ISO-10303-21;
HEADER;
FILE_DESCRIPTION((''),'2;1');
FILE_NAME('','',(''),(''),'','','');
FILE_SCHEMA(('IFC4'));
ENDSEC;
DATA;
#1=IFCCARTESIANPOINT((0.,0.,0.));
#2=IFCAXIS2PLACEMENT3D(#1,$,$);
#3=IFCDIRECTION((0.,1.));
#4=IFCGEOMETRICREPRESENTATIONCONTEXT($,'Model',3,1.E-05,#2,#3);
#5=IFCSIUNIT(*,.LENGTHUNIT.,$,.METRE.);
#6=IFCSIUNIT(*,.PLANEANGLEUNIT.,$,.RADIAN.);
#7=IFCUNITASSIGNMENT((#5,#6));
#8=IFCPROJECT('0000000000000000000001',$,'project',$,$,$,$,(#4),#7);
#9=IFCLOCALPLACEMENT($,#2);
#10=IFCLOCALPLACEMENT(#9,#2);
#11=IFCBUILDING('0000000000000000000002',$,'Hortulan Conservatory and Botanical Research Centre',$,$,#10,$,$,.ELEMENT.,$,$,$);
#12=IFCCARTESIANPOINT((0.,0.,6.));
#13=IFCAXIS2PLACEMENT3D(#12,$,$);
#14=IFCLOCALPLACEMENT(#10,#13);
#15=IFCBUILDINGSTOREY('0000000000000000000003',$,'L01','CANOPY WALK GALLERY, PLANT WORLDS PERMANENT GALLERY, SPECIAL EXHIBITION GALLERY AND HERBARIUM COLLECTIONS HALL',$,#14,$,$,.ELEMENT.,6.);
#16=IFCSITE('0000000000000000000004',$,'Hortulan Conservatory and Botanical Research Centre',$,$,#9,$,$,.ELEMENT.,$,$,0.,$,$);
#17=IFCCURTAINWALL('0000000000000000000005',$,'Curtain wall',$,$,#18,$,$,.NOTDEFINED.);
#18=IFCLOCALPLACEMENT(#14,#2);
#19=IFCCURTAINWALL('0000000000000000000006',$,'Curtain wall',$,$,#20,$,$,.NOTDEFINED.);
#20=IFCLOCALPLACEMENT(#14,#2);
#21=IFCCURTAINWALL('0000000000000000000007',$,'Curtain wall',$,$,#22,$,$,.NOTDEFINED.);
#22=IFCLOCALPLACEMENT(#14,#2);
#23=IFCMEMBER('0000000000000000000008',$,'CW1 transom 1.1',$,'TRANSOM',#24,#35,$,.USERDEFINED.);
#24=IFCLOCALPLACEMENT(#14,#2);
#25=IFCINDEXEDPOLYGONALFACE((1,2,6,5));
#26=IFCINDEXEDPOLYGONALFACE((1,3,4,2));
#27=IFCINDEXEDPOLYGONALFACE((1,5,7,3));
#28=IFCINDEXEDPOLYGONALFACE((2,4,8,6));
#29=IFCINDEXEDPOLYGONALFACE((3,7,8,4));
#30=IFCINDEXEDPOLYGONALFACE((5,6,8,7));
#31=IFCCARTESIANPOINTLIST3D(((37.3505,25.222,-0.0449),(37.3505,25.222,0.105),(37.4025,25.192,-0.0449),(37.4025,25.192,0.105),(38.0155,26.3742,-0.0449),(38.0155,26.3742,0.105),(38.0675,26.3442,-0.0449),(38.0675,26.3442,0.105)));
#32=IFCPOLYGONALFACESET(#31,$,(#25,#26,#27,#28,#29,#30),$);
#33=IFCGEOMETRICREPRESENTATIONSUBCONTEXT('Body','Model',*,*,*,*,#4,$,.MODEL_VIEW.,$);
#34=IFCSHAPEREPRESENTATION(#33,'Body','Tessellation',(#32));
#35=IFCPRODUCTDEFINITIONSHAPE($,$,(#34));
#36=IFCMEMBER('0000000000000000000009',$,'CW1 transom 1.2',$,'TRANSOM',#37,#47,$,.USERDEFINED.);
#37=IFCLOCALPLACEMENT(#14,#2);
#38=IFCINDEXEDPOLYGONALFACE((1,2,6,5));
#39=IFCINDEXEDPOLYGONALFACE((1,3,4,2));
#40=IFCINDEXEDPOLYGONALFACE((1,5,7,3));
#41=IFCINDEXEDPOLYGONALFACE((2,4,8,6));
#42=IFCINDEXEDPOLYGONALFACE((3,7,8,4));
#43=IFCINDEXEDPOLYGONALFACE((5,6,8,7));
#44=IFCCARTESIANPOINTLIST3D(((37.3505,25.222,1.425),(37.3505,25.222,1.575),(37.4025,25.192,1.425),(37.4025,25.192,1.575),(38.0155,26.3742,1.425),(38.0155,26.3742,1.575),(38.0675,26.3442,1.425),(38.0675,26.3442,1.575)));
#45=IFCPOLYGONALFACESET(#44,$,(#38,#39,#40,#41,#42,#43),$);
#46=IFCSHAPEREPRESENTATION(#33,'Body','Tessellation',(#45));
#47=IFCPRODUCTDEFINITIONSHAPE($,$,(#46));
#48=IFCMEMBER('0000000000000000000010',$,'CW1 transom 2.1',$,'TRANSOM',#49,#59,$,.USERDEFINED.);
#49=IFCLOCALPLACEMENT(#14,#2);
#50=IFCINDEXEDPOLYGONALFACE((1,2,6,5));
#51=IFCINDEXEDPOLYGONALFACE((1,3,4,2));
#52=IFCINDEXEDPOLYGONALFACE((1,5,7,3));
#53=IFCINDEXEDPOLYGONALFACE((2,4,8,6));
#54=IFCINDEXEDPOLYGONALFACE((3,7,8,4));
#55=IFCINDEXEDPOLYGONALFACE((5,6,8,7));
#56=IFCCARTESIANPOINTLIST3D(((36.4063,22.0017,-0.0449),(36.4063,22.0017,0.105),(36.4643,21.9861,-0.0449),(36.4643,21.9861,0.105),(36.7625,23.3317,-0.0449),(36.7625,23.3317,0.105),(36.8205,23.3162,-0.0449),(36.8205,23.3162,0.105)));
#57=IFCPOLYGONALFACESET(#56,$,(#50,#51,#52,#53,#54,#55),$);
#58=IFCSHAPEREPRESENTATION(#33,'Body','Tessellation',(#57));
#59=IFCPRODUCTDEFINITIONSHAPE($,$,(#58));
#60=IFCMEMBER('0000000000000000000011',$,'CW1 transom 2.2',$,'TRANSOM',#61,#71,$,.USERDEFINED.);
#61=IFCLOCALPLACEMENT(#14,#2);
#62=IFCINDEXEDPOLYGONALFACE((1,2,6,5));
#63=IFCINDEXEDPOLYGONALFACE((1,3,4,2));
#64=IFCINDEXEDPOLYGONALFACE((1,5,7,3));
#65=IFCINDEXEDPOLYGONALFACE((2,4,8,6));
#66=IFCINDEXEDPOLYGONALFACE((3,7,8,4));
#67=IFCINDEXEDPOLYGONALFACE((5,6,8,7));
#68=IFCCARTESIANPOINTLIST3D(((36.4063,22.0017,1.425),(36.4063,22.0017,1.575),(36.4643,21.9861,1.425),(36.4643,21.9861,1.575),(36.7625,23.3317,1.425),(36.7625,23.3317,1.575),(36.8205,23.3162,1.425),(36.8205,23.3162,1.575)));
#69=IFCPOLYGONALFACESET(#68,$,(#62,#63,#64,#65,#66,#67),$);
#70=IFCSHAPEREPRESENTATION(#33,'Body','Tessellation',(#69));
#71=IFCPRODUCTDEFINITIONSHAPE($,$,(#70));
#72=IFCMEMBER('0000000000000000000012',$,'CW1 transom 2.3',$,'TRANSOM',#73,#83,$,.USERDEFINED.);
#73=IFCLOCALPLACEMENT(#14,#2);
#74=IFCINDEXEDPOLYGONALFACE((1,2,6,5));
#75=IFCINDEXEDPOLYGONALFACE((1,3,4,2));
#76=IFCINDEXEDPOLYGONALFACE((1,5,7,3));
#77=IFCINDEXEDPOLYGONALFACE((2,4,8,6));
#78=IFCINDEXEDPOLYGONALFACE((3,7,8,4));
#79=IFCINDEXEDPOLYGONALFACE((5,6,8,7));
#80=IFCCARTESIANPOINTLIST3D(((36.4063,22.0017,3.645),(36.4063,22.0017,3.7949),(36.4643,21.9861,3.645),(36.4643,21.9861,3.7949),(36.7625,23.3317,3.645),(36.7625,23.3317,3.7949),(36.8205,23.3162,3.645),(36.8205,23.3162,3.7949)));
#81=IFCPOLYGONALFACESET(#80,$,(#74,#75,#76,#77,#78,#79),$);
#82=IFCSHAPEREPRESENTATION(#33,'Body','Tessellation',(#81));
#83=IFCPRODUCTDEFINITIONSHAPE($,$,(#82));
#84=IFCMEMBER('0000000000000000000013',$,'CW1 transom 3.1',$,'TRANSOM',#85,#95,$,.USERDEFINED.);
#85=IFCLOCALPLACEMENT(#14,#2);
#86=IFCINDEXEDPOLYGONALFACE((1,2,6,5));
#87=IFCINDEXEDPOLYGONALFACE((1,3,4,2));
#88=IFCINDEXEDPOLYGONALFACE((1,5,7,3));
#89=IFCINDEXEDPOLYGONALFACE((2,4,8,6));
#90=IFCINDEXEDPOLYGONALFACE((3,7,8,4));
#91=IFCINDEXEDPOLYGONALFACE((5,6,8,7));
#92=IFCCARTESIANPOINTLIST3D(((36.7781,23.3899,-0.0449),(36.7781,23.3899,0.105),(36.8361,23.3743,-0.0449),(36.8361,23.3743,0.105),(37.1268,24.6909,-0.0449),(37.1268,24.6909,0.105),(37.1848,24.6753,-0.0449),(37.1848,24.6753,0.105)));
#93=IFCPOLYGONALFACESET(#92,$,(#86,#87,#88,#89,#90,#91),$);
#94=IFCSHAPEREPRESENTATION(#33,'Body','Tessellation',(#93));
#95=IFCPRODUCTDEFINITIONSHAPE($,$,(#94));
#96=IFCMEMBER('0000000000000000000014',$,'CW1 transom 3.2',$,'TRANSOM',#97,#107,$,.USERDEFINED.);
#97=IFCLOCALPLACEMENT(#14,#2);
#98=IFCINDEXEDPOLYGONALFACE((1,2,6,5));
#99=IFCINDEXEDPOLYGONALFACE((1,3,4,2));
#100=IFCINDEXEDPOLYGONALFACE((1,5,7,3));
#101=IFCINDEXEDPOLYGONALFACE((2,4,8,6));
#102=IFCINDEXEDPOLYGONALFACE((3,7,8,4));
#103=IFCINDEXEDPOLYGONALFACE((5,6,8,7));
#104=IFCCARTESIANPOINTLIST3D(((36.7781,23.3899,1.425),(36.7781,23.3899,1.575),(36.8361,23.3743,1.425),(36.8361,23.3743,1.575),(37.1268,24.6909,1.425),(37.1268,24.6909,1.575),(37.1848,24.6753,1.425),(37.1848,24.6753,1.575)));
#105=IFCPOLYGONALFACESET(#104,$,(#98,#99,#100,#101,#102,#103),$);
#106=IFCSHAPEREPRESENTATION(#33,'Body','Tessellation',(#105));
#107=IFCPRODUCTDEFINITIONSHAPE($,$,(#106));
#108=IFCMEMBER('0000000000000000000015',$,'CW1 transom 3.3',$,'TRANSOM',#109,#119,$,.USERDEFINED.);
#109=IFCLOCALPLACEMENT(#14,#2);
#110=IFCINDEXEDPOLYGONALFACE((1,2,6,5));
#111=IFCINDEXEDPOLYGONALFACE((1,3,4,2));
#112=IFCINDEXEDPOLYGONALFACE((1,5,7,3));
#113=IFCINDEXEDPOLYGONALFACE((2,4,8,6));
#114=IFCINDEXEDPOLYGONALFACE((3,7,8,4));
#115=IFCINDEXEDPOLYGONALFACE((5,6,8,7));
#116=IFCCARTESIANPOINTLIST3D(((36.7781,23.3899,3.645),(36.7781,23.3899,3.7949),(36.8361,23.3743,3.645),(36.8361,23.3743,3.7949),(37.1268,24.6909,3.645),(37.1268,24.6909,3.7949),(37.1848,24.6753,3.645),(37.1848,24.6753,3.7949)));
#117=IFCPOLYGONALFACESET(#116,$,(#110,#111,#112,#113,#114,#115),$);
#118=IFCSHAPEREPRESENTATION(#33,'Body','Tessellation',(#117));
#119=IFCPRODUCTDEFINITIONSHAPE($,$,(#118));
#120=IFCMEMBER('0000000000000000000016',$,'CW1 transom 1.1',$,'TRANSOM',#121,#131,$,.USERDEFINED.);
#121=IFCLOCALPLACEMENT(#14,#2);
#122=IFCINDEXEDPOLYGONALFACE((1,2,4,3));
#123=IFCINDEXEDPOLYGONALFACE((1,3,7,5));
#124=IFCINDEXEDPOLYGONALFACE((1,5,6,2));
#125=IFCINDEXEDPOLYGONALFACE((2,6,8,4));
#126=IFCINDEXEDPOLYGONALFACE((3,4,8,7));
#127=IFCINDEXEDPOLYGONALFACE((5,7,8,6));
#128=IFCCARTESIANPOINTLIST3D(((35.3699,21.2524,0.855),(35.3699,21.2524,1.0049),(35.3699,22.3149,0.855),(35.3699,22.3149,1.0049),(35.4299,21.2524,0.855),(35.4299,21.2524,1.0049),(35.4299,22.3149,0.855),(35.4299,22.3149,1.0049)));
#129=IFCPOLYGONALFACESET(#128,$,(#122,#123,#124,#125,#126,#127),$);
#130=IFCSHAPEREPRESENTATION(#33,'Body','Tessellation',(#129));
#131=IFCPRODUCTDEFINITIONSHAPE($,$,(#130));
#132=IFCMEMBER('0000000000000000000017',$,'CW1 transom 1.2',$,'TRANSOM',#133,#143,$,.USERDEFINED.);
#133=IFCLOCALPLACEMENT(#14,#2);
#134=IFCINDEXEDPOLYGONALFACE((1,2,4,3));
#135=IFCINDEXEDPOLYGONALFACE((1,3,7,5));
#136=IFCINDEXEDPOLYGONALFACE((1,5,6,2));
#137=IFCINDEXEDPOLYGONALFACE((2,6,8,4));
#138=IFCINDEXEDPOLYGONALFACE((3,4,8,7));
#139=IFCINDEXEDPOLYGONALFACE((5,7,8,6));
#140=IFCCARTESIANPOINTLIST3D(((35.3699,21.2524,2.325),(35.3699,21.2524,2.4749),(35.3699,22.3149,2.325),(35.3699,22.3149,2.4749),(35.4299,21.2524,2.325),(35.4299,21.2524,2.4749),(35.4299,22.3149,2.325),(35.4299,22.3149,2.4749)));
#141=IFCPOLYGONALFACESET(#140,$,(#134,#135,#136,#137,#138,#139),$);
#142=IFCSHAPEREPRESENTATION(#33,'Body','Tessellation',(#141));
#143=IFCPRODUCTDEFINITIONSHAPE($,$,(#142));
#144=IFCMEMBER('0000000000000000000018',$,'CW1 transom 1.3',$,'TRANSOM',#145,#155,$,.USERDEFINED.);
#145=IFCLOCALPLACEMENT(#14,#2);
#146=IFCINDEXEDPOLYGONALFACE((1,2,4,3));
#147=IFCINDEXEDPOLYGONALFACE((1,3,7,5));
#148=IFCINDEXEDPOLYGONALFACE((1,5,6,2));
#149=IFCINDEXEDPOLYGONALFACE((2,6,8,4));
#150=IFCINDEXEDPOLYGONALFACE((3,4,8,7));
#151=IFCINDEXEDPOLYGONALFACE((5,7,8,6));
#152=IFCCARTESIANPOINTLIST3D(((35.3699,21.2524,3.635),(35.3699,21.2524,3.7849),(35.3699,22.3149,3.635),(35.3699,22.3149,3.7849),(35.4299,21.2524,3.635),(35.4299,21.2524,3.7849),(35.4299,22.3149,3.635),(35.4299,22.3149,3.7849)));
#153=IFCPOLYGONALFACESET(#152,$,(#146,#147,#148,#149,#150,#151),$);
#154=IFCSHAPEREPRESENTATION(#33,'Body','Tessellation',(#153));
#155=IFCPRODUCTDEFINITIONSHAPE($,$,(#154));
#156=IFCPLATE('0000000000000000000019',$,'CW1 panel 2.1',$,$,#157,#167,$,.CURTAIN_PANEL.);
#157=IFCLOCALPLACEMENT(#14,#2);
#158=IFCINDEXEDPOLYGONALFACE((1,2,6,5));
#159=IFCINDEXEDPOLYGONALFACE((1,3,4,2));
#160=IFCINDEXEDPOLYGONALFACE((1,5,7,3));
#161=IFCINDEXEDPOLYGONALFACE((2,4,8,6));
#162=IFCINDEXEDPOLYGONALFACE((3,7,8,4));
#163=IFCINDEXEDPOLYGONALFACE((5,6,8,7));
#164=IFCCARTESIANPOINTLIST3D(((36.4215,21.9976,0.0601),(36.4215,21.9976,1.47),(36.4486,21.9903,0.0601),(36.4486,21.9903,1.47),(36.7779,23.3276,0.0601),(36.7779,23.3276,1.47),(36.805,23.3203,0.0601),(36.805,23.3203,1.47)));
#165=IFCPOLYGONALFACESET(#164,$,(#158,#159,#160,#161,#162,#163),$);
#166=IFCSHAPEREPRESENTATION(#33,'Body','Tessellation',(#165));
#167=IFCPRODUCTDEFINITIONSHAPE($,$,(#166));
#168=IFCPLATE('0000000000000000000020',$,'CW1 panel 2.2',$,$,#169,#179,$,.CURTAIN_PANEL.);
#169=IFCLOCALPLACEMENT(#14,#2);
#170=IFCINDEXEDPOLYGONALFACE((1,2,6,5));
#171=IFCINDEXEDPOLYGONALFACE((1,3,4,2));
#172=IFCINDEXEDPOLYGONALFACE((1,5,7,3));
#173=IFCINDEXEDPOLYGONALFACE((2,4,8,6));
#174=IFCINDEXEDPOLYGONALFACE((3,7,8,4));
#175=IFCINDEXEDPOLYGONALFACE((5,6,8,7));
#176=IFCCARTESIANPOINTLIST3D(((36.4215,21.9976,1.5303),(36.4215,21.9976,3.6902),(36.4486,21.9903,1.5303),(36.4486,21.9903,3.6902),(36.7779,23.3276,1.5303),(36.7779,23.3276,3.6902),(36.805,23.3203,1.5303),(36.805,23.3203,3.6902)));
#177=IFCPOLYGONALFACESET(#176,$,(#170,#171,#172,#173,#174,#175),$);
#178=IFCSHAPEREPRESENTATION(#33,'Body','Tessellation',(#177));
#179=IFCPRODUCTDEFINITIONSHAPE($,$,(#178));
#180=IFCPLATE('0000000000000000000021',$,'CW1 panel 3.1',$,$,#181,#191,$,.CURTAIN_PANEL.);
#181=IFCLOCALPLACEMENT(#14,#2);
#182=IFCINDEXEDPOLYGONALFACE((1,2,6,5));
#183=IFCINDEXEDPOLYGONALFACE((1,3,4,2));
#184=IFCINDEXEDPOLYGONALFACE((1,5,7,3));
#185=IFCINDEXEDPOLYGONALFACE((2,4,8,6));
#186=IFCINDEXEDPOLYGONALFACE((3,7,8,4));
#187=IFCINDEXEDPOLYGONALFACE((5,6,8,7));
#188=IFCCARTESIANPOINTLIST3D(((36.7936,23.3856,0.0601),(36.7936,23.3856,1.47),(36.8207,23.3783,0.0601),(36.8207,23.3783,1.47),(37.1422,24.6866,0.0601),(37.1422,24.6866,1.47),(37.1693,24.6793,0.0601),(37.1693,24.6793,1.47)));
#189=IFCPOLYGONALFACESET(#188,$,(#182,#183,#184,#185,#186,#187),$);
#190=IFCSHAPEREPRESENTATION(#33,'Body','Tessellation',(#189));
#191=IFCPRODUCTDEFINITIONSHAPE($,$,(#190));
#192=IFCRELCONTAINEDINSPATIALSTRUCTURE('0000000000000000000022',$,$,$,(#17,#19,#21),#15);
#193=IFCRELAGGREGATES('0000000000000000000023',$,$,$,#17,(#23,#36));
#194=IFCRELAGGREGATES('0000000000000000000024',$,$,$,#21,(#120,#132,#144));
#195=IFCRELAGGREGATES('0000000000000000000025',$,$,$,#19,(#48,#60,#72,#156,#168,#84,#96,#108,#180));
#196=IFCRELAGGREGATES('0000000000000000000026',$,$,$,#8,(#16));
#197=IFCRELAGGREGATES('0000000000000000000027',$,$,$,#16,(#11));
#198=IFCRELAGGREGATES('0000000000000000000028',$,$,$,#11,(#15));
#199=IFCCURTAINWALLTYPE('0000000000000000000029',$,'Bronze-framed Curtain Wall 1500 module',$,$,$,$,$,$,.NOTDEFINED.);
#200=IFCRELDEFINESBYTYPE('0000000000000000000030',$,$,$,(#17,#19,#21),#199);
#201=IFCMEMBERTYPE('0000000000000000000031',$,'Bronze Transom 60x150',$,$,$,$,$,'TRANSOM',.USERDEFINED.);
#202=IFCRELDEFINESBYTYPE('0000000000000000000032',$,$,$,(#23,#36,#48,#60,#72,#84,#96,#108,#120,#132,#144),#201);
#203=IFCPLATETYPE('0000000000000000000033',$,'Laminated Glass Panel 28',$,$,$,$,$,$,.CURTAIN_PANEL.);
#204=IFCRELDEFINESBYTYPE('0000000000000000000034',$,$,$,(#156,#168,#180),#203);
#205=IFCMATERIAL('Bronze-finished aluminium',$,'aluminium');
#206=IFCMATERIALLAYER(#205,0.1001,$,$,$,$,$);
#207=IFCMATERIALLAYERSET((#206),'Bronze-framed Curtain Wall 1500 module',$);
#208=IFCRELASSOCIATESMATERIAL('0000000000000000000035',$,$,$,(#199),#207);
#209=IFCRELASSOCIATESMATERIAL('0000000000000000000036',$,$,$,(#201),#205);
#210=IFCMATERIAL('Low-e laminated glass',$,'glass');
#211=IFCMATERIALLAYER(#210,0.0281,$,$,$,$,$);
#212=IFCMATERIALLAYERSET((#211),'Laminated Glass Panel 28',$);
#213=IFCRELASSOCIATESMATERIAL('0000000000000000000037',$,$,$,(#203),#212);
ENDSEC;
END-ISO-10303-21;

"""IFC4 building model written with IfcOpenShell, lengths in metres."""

from ifc_helpers import new_model, si_unit, direction, frame, origin, origin_2d, place, context, subcontext, project, spatial, rectangle, extrude, material, layer, layer_set, material_profile, profile_set, type_object, element, aggregate, save


model = new_model("IFC4")

# Units and contexts
model_context = context("Model", 3, precision=1e-05, world=origin(), true_north=direction((0.0, 1.0)))
body_context = subcontext(model_context, "Body", "Model", "MODEL_VIEW")
ifc_project = project(units=[si_unit("LENGTHUNIT", "METRE"), si_unit("PLANEANGLEUNIT", "RADIAN")], contexts=[model_context])

# Site, building, storey
site_placement = place(None, origin())
site = spatial("IfcSite", under=ifc_project, at=site_placement, Name="Hortulan Conservatory and Botanical Research Centre", CompositionType="ELEMENT", RefElevation=0.0)
building_placement = place(site_placement, origin())
building = spatial("IfcBuilding", under=site, at=building_placement, Name="Hortulan Conservatory and Botanical Research Centre", CompositionType="ELEMENT")
storey_placement = place(building_placement, frame((0.0, 0.0, 6.0)))
storey = spatial("IfcBuildingStorey", under=building, at=storey_placement, Name="L01", Description="CANOPY WALK GALLERY, PLANT WORLDS PERMANENT GALLERY, SPECIAL EXHIBITION GALLERY AND HERBARIUM COLLECTIONS HALL", CompositionType="ELEMENT", Elevation=6.0)

# Curtain wall
ifc_material_1 = material(Name="Bronze-finished aluminium", Category="aluminium")
ifc_layer_1 = layer(ifc_material_1, 0.1001)
ifc_layer_set_1 = layer_set([ifc_layer_1], Name="Bronze-framed Curtain Wall 1500 module")
curtain_wall_type = type_object("IfcCurtainWallType", Name="Bronze-framed Curtain Wall 1500 module", PredefinedType="NOTDEFINED", material=ifc_layer_set_1)
curtain_wall_1_placement = place(storey_placement, origin())
curtain_wall_1 = element("IfcCurtainWall", 1, at=curtain_wall_1_placement, inside=storey, type_object=curtain_wall_type, Name="Curtain wall", PredefinedType="NOTDEFINED")

# Curtain wall
curtain_wall_2_placement = place(storey_placement, origin())
curtain_wall_2 = element("IfcCurtainWall", 2, at=curtain_wall_2_placement, inside=storey, type_object=curtain_wall_type, Name="Curtain wall", PredefinedType="NOTDEFINED")

# Curtain wall
curtain_wall_3_placement = place(storey_placement, origin())
curtain_wall_3 = element("IfcCurtainWall", 3, at=curtain_wall_3_placement, inside=storey, type_object=curtain_wall_type, Name="Curtain wall", PredefinedType="NOTDEFINED")

# Members
ifc_material_profile_1 = material_profile(ifc_material_1, rectangle(XDim=0.0601, YDim=0.1499, at=origin_2d()), Name="Bronze Transom 60x150")
ifc_profile_set_1 = profile_set([ifc_material_profile_1], Name="Bronze-finished aluminium")
member_type_1 = type_object("IfcMemberType", Name="Bronze Transom 60x150", ElementType="TRANSOM", PredefinedType="USERDEFINED", material=ifc_profile_set_1)
member_1_placement = place(storey_placement, frame((37.3765, 25.207, 0.03), z_axis=(0.499929, 0.866066, 0.0), x_axis=(-0.866066, 0.499929, 0.0)))
member_1 = element("IfcMember", 4, at=member_1_placement, type_object=member_type_1, Name="CW1 transom 1.1", ObjectType="TRANSOM", PredefinedType="USERDEFINED", context=body_context, shape_type="SweptSolid", body=[
    extrude(rectangle(XDim=0.0601, YDim=0.1499, at=origin_2d()), origin(), (0.0, 0.0, 1.0), 1.3303),
])
member_2_placement = place(storey_placement, frame((37.3765, 25.207, 1.5), z_axis=(0.499929, 0.866066, 0.0), x_axis=(-0.866066, 0.499929, 0.0)))
member_2 = element("IfcMember", 5, at=member_2_placement, type_object=member_type_1, Name="CW1 transom 1.2", ObjectType="TRANSOM", PredefinedType="USERDEFINED", context=body_context, shape_type="SweptSolid", body=[
    extrude(rectangle(XDim=0.0601, YDim=0.1499, at=origin_2d()), origin(), (0.0, 0.0, 1.0), 1.3303),
])
aggregate(curtain_wall_1, [member_1, member_2])
member_3_placement = place(storey_placement, frame((36.4353, 21.9939, 0.03), z_axis=(0.258689, 0.965961, 0.0), x_axis=(-0.965961, 0.258689, 0.0)))
member_3 = element("IfcMember", 6, at=member_3_placement, type_object=member_type_1, Name="CW1 transom 2.1", ObjectType="TRANSOM", PredefinedType="USERDEFINED", context=body_context, shape_type="SweptSolid", body=[
    extrude(rectangle(XDim=0.0601, YDim=0.1499, at=origin_2d()), origin(), (0.0, 0.0, 1.0), 1.377),
])
member_4_placement = place(storey_placement, frame((36.4353, 21.9939, 1.5), z_axis=(0.258689, 0.965961, 0.0), x_axis=(-0.965961, 0.258689, 0.0)))
member_4 = element("IfcMember", 7, at=member_4_placement, type_object=member_type_1, Name="CW1 transom 2.2", ObjectType="TRANSOM", PredefinedType="USERDEFINED", context=body_context, shape_type="SweptSolid", body=[
    extrude(rectangle(XDim=0.0601, YDim=0.1499, at=origin_2d()), origin(), (0.0, 0.0, 1.0), 1.377),
])
member_5_placement = place(storey_placement, frame((36.4353, 21.9939, 3.72), z_axis=(0.258689, 0.965961, 0.0), x_axis=(-0.965961, 0.258689, 0.0)))
member_5 = element("IfcMember", 8, at=member_5_placement, type_object=member_type_1, Name="CW1 transom 2.3", ObjectType="TRANSOM", PredefinedType="USERDEFINED", context=body_context, shape_type="SweptSolid", body=[
    extrude(rectangle(XDim=0.0601, YDim=0.1499, at=origin_2d()), origin(), (0.0, 0.0, 1.0), 1.377),
])
member_6_placement = place(storey_placement, frame((36.8071, 23.3821, 0.03), z_axis=(0.258836, 0.965921, 0.0), x_axis=(-0.965921, 0.258836, 0.0)))
member_6 = element("IfcMember", 9, at=member_6_placement, type_object=member_type_1, Name="CW1 transom 3.1", ObjectType="TRANSOM", PredefinedType="USERDEFINED", context=body_context, shape_type="SweptSolid", body=[
    extrude(rectangle(XDim=0.0601, YDim=0.1499, at=origin_2d()), origin(), (0.0, 0.0, 1.0), 1.3469),
])
member_7_placement = place(storey_placement, frame((36.8071, 23.3821, 1.5), z_axis=(0.258836, 0.965921, 0.0), x_axis=(-0.965921, 0.258836, 0.0)))
member_7 = element("IfcMember", 10, at=member_7_placement, type_object=member_type_1, Name="CW1 transom 3.2", ObjectType="TRANSOM", PredefinedType="USERDEFINED", context=body_context, shape_type="SweptSolid", body=[
    extrude(rectangle(XDim=0.0601, YDim=0.1499, at=origin_2d()), origin(), (0.0, 0.0, 1.0), 1.3469),
])
member_8_placement = place(storey_placement, frame((36.8071, 23.3821, 3.72), z_axis=(0.258836, 0.965921, 0.0), x_axis=(-0.965921, 0.258836, 0.0)))
member_8 = element("IfcMember", 11, at=member_8_placement, type_object=member_type_1, Name="CW1 transom 3.3", ObjectType="TRANSOM", PredefinedType="USERDEFINED", context=body_context, shape_type="SweptSolid", body=[
    extrude(rectangle(XDim=0.0601, YDim=0.1499, at=origin_2d()), origin(), (0.0, 0.0, 1.0), 1.3469),
])
member_9_placement = place(storey_placement, frame((35.3999, 22.3149, 0.9299), z_axis=(0.0, -1.0, 0.0), x_axis=(1.0, 0.0, 0.0)))
member_9 = element("IfcMember", 12, at=member_9_placement, type_object=member_type_1, Name="CW1 transom 1.1", ObjectType="TRANSOM", PredefinedType="USERDEFINED", context=body_context, shape_type="SweptSolid", body=[
    extrude(rectangle(XDim=0.0601, YDim=0.1499, at=origin_2d()), origin(), (0.0, 0.0, 1.0), 1.0625),
])
member_10_placement = place(storey_placement, frame((35.3999, 22.3149, 2.3999), z_axis=(0.0, -1.0, 0.0), x_axis=(1.0, 0.0, 0.0)))
member_10 = element("IfcMember", 13, at=member_10_placement, type_object=member_type_1, Name="CW1 transom 1.2", ObjectType="TRANSOM", PredefinedType="USERDEFINED", context=body_context, shape_type="SweptSolid", body=[
    extrude(rectangle(XDim=0.0601, YDim=0.1499, at=origin_2d()), origin(), (0.0, 0.0, 1.0), 1.0625),
])
member_11_placement = place(storey_placement, frame((35.3999, 22.3149, 3.71), z_axis=(0.0, -1.0, 0.0), x_axis=(1.0, 0.0, 0.0)))
member_11 = element("IfcMember", 14, at=member_11_placement, type_object=member_type_1, Name="CW1 transom 1.3", ObjectType="TRANSOM", PredefinedType="USERDEFINED", context=body_context, shape_type="SweptSolid", body=[
    extrude(rectangle(XDim=0.0601, YDim=0.1499, at=origin_2d()), origin(), (0.0, 0.0, 1.0), 1.0625),
])
aggregate(curtain_wall_3, [member_9, member_10, member_11])

# Plates
ifc_material_2 = material(Name="Low-e laminated glass", Category="glass")
ifc_layer_2 = layer(ifc_material_2, 0.0281)
ifc_layer_set_2 = layer_set([ifc_layer_2], Name="Laminated Glass Panel 28")
plate_type = type_object("IfcPlateType", Name="Laminated Glass Panel 28", PredefinedType="CURTAIN_PANEL", material=ifc_layer_set_2)
plate_1_placement = place(storey_placement, frame((36.6133, 22.6589, 0.0601), z_axis=(0.0, 0.0, 1.0), x_axis=(0.258832, 0.965922, 0.0)))
plate_1 = element("IfcPlate", 15, at=plate_1_placement, type_object=plate_type, Name="CW1 panel 2.1", PredefinedType="CURTAIN_PANEL", context=body_context, shape_type="SweptSolid", body=[
    extrude(rectangle(XDim=1.377, YDim=0.0281, at=origin_2d()), origin(), (0.0, 0.0, 1.0), 1.4099),
])
plate_2_placement = place(storey_placement, frame((36.6133, 22.6589, 1.5303), z_axis=(0.0, 0.0, 1.0), x_axis=(0.258832, 0.965922, 0.0)))
plate_2 = element("IfcPlate", 16, at=plate_2_placement, type_object=plate_type, Name="CW1 panel 2.2", PredefinedType="CURTAIN_PANEL", context=body_context, shape_type="SweptSolid", body=[
    extrude(rectangle(XDim=1.377, YDim=0.0281, at=origin_2d()), origin(), (0.0, 0.0, 1.0), 2.1599),
])
plate_3_placement = place(storey_placement, frame((36.9814, 24.0325, 0.0601), z_axis=(0.0, 0.0, 1.0), x_axis=(0.258832, 0.965922, 0.0)))
plate_3 = element("IfcPlate", 17, at=plate_3_placement, type_object=plate_type, Name="CW1 panel 3.1", PredefinedType="CURTAIN_PANEL", context=body_context, shape_type="SweptSolid", body=[
    extrude(rectangle(XDim=1.3469, YDim=0.0281, at=origin_2d()), origin(), (0.0, 0.0, 1.0), 1.4099),
])
aggregate(curtain_wall_2, [member_3, member_4, member_5, plate_1, plate_2, member_6, member_7, member_8, plate_3])

save(model, "model.ifc")
